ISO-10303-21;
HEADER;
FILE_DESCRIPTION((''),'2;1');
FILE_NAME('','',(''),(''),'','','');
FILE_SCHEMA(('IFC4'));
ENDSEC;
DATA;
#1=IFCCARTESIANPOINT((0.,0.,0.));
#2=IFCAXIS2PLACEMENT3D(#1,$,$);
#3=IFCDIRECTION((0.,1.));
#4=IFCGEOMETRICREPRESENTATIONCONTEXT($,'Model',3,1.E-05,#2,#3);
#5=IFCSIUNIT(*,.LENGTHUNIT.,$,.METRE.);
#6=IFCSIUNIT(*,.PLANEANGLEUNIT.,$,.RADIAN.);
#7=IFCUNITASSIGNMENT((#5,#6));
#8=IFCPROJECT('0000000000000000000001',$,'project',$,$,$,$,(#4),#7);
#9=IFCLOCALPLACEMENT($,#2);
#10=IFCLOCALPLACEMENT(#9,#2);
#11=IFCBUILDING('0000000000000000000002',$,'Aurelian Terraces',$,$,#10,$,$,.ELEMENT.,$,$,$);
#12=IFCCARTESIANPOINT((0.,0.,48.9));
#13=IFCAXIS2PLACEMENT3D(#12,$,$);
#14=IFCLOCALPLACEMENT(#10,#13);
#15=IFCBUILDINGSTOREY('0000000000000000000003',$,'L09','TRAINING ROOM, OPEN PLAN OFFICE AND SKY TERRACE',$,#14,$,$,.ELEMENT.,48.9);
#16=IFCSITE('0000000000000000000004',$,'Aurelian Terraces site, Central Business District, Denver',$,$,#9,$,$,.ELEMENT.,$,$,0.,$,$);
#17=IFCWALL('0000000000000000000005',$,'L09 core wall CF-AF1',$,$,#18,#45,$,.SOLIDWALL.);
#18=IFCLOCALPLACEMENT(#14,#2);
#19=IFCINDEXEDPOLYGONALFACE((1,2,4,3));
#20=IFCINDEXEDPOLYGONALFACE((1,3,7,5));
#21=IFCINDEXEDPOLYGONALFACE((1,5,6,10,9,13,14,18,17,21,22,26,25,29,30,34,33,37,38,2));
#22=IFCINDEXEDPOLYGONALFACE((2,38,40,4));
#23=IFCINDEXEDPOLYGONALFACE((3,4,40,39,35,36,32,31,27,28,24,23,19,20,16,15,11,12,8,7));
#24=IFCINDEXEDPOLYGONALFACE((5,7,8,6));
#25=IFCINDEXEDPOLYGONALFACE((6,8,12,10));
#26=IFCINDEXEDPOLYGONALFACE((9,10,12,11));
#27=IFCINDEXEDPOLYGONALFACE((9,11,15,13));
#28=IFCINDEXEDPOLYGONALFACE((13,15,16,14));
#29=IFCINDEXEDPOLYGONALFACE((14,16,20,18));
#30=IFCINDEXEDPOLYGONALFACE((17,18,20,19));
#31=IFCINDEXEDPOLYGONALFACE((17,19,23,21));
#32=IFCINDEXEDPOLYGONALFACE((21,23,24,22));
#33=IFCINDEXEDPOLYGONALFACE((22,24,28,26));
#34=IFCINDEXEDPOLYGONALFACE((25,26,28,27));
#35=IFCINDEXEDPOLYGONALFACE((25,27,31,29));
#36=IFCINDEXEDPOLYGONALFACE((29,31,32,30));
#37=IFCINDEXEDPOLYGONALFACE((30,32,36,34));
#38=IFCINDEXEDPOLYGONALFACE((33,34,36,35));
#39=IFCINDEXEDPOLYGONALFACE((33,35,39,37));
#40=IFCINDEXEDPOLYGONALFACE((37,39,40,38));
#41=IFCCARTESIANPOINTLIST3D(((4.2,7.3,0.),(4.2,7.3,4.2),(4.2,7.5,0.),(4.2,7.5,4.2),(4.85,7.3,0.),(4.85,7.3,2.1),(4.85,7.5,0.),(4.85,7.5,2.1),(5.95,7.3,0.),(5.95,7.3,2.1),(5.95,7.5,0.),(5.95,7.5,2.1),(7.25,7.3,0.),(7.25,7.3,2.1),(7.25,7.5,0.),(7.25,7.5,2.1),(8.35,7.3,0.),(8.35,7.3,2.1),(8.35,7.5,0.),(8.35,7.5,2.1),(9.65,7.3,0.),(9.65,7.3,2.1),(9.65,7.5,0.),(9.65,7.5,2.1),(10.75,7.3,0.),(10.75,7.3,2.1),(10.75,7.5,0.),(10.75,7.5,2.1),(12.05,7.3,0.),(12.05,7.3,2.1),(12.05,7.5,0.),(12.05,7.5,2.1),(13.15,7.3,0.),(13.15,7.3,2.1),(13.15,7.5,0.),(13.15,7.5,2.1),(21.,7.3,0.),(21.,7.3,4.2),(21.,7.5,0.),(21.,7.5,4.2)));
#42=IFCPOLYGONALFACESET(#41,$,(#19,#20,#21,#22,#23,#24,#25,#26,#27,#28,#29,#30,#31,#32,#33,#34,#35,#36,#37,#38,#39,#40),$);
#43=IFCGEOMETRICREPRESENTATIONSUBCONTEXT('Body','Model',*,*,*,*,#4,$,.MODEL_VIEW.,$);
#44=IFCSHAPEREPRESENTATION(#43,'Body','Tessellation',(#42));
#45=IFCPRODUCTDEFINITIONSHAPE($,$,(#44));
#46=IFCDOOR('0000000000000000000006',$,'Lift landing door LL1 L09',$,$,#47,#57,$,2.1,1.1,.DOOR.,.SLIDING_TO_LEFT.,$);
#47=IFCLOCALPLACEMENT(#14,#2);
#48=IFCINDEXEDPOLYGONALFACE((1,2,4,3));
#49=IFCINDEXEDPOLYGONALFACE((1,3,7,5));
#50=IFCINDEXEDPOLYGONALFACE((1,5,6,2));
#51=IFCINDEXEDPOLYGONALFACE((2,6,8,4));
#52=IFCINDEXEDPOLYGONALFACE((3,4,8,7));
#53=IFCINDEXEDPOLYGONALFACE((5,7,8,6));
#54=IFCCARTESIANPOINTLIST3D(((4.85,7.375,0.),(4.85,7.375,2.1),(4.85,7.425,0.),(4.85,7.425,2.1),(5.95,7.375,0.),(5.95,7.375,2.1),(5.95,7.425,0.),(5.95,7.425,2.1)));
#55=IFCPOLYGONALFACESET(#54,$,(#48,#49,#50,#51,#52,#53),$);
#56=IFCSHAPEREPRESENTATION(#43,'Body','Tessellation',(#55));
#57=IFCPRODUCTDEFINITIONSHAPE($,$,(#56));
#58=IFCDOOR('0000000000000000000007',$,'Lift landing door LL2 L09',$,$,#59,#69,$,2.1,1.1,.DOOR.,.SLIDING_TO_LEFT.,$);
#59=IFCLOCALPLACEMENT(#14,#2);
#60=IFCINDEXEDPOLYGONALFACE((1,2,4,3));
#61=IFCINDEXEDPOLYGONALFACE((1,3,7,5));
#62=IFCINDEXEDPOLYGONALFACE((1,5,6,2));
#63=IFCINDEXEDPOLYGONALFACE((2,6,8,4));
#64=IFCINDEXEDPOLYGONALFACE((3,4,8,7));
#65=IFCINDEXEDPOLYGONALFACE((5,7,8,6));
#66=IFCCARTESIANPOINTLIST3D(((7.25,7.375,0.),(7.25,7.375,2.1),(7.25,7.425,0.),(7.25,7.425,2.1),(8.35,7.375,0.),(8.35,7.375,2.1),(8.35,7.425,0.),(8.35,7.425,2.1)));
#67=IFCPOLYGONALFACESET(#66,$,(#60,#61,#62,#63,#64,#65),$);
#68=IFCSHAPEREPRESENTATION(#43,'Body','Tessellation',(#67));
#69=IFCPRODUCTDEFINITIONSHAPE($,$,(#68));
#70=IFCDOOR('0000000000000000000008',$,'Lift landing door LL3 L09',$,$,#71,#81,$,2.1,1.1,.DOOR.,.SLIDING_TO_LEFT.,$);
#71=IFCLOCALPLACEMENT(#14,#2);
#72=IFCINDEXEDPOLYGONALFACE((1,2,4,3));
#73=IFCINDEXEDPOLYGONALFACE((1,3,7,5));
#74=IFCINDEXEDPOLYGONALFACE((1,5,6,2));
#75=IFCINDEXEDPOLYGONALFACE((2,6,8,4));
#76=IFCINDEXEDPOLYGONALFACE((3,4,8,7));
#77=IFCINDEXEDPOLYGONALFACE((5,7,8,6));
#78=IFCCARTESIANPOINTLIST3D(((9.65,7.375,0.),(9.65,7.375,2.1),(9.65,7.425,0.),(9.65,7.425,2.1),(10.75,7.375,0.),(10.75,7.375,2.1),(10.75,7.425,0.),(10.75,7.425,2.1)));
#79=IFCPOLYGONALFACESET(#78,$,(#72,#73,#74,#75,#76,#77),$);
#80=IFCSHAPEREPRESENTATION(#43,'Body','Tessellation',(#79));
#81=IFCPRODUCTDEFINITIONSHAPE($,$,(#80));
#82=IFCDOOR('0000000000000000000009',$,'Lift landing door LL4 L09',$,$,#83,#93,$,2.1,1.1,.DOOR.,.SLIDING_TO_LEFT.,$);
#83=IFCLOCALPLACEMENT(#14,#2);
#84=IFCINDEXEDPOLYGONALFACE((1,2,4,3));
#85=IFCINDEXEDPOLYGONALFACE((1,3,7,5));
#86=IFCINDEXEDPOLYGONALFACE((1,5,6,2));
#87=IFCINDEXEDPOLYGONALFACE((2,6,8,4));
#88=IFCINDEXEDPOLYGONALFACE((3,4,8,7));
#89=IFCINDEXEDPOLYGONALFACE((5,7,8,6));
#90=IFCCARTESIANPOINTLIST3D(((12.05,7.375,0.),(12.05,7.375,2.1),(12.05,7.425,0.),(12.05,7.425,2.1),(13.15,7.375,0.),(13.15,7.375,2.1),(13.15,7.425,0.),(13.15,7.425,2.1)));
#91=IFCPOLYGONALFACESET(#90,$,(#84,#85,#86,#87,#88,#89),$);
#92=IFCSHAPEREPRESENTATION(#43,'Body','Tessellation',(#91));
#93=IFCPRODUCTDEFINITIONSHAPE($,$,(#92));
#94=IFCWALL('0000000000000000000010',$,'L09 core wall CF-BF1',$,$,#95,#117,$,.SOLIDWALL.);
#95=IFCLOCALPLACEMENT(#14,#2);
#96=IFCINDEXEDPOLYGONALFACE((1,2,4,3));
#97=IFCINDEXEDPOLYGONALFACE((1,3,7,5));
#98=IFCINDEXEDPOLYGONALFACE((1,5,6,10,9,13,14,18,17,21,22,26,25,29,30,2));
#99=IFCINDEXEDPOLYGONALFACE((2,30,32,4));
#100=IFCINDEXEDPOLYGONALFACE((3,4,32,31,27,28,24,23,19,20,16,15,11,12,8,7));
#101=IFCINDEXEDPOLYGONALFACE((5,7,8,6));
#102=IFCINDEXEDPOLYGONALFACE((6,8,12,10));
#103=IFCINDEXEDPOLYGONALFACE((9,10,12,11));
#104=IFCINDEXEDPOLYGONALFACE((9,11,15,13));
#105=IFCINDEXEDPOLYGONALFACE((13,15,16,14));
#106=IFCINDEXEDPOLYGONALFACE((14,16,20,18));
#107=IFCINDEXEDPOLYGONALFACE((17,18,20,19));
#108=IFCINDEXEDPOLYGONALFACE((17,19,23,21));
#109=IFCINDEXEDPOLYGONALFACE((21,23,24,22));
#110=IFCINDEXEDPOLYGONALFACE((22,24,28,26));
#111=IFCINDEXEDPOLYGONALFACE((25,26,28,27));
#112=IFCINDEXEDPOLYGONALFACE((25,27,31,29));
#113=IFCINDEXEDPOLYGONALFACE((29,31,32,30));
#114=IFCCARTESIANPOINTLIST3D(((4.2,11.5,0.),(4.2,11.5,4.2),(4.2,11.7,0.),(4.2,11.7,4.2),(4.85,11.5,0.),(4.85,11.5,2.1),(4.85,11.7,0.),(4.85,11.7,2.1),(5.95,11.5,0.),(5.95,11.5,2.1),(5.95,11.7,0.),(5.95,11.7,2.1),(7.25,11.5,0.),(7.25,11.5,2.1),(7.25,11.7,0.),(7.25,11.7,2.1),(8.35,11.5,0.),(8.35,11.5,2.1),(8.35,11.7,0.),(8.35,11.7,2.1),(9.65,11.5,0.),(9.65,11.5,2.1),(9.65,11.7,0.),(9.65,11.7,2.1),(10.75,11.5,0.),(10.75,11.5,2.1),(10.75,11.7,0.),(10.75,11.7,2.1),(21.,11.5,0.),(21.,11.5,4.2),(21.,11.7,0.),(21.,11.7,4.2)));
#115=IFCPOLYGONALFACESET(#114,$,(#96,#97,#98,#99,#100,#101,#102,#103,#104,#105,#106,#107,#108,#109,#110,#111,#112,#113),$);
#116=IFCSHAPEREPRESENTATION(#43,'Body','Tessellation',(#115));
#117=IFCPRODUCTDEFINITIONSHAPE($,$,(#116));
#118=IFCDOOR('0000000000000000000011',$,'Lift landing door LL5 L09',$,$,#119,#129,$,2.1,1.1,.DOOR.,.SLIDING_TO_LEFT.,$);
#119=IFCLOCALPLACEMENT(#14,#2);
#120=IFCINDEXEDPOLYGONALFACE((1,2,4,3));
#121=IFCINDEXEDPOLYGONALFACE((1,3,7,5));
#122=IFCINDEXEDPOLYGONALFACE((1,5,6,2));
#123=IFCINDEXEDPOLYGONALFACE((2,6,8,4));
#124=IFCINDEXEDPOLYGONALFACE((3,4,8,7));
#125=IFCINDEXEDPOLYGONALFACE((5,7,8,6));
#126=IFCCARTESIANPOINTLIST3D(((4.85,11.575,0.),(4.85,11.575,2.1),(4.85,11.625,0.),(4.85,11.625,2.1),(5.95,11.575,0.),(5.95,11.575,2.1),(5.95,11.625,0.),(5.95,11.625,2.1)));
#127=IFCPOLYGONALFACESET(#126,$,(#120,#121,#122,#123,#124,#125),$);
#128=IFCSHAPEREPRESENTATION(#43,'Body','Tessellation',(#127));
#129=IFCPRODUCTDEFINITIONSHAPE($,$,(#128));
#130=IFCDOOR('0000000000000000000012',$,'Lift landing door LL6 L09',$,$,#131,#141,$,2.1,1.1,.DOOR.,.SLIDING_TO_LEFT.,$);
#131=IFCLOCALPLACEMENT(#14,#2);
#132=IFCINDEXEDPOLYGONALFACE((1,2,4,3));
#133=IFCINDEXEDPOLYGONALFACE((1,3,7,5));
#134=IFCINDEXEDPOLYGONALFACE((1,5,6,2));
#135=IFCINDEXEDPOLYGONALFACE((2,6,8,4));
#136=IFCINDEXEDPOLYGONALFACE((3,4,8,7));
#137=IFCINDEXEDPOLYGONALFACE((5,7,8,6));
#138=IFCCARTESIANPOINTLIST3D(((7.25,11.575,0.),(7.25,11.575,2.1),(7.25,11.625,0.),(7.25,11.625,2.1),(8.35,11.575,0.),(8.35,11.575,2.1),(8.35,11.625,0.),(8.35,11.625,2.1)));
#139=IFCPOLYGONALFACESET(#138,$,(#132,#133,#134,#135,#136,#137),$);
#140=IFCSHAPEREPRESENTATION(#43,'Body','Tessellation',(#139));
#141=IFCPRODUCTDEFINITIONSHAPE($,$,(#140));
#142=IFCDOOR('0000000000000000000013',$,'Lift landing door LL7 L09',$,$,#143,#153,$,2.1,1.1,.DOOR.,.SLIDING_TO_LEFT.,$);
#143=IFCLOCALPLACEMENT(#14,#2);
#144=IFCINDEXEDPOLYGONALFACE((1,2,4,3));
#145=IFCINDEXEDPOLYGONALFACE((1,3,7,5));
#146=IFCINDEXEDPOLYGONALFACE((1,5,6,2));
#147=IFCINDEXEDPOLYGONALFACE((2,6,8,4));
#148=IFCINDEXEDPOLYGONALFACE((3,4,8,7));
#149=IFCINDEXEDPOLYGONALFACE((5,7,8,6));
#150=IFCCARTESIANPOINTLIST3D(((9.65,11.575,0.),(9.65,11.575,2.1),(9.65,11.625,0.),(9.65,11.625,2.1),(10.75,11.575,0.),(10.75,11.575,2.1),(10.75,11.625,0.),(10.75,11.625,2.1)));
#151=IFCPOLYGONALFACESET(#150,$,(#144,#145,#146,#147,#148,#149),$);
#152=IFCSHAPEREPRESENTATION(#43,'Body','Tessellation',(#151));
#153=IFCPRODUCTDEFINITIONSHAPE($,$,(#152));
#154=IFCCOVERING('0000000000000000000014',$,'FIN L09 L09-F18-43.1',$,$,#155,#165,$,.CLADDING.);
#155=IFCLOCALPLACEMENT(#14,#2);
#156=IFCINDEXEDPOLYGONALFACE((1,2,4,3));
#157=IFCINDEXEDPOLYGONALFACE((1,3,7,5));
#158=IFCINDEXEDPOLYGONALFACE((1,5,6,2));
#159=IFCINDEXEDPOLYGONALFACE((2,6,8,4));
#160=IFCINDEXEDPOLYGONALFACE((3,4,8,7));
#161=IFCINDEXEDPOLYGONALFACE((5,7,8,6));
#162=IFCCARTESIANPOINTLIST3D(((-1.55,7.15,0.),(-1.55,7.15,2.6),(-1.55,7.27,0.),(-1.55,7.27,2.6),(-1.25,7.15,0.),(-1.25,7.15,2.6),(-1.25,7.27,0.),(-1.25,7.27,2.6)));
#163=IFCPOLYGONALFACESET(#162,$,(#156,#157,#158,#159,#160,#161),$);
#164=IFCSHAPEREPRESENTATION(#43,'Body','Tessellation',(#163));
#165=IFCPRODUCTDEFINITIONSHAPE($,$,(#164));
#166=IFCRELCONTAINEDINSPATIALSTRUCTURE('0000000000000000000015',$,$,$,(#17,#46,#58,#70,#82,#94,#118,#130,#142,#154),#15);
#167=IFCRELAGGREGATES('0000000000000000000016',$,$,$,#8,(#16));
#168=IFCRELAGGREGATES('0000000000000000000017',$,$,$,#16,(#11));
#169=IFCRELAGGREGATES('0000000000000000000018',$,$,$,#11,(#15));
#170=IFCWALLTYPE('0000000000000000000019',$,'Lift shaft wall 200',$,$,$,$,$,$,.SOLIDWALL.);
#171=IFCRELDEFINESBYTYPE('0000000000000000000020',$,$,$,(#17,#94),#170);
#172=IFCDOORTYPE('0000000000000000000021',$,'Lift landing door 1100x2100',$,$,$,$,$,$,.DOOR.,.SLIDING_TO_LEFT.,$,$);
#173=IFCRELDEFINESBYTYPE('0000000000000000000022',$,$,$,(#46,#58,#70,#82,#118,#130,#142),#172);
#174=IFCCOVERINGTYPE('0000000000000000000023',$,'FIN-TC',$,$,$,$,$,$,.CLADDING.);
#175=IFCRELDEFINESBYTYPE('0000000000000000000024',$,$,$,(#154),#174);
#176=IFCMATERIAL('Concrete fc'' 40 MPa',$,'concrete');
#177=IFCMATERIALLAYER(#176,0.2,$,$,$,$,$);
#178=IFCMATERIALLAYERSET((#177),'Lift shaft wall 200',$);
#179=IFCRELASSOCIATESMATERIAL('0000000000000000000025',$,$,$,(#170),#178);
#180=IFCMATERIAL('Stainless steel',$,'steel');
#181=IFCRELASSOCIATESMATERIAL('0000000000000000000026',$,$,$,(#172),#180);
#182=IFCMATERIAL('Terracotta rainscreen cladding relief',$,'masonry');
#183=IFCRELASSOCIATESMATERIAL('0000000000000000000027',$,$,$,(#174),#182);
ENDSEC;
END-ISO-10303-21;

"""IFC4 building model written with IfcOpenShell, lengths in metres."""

from ifc_helpers import new_model, si_unit, direction, frame, frame_2d, origin, origin_2d, place, context, subcontext, project, spatial, rectangle, extrude, source, transform, mapped, material, layer, layer_set, type_object, element, fill, save


model = new_model("IFC4")

# Units and contexts
model_context = context("Model", 3, precision=1e-05, world=origin(), true_north=direction((0.0, 1.0)))
body_context = subcontext(model_context, "Body", "Model", "MODEL_VIEW")
ifc_project = project(units=[si_unit("LENGTHUNIT", "METRE"), si_unit("PLANEANGLEUNIT", "RADIAN")], contexts=[model_context])

# Site, building, storey
site_placement = place(None, origin())
site = spatial("IfcSite", under=ifc_project, at=site_placement, Name="Aurelian Terraces site, Central Business District, Denver", CompositionType="ELEMENT", RefElevation=0.0)
building_placement = place(site_placement, origin())
building = spatial("IfcBuilding", under=site, at=building_placement, Name="Aurelian Terraces", CompositionType="ELEMENT")
storey_placement = place(building_placement, frame((0.0, 0.0, 48.9)))
storey = spatial("IfcBuildingStorey", under=building, at=storey_placement, Name="L09", Description="TRAINING ROOM, OPEN PLAN OFFICE AND SKY TERRACE", CompositionType="ELEMENT", Elevation=48.9)

# Walls, openings, doors
ifc_material_1 = material(Name="Concrete fc' 40 MPa", Category="concrete")
ifc_layer_1 = layer(ifc_material_1, 0.2)
ifc_layer_set_1 = layer_set([ifc_layer_1], Name="Lift shaft wall 200")
wall_type_1 = type_object("IfcWallType", Name="Lift shaft wall 200", PredefinedType="SOLIDWALL", material=ifc_layer_set_1)
shared_shape_1 = source(origin(), body_context, "Body", "SweptSolid", [
    extrude(rectangle(XDim=16.8, YDim=0.2, at=frame_2d((8.4, 0.0))), origin(), (0.0, 0.0, 1.0), 4.2),
])
wall_1_placement = place(storey_placement, frame((4.2, 7.4, 0.0), z_axis=(0.0, 0.0, 1.0), x_axis=(1.0, 0.0, 0.0)))
wall_1 = element("IfcWall", 1, at=wall_1_placement, inside=storey, type_object=wall_type_1, Name="L09 core wall CF-AF1", PredefinedType="SOLIDWALL", context=body_context, shape_type="MappedRepresentation", body=[
    mapped(shared_shape_1, transform((0.0, 0.0, 0.0), scale=1.0)),
])
shared_shape_2 = source(origin(), body_context, "Body", "SweptSolid", [
    extrude(rectangle(XDim=1.1, YDim=2.1, at=frame_2d((0.55, 1.05))), frame((0.0, 0.11, 0.0), z_axis=(0.0, -1.0, 0.0), x_axis=(1.0, 0.0, 0.0)), (0.0, 0.0, 1.0), 0.22),
])
opening_1_placement = place(wall_1_placement, frame((0.65, 0.0, 0.0)))
opening_1 = element("IfcOpeningElement", 2, at=opening_1_placement, cuts=wall_1, PredefinedType="OPENING", context=body_context, shape_type="MappedRepresentation", body=[
    mapped(shared_shape_2, transform((0.0, 0.0, 0.0), scale=1.0)),
])
opening_2_placement = place(wall_1_placement, frame((3.05, 0.0, 0.0)))
opening_2 = element("IfcOpeningElement", 3, at=opening_2_placement, cuts=wall_1, PredefinedType="OPENING", context=body_context, shape_type="MappedRepresentation", body=[
    mapped(shared_shape_2, transform((0.0, 0.0, 0.0), scale=1.0)),
])
opening_3_placement = place(wall_1_placement, frame((5.45, 0.0, 0.0)))
opening_3 = element("IfcOpeningElement", 4, at=opening_3_placement, cuts=wall_1, PredefinedType="OPENING", context=body_context, shape_type="MappedRepresentation", body=[
    mapped(shared_shape_2, transform((0.0, 0.0, 0.0), scale=1.0)),
])
opening_4_placement = place(wall_1_placement, frame((7.85, 0.0, 0.0)))
opening_4 = element("IfcOpeningElement", 5, at=opening_4_placement, cuts=wall_1, PredefinedType="OPENING", context=body_context, shape_type="MappedRepresentation", body=[
    mapped(shared_shape_2, transform((0.0, 0.0, 0.0), scale=1.0)),
])
ifc_material_2 = material(Name="Stainless steel", Category="steel")
door_type_1 = type_object("IfcDoorType", Name="Lift landing door 1100x2100", OperationType="SLIDING_TO_LEFT", PredefinedType="DOOR", material=ifc_material_2)
shared_shape_3 = source(origin(), body_context, "Body", "SweptSolid", [
    extrude(rectangle(XDim=1.1, YDim=2.1, at=frame_2d((0.55, 1.05))), frame((0.0, 0.025, 0.0), z_axis=(0.0, -1.0, 0.0), x_axis=(1.0, 0.0, 0.0)), (0.0, 0.0, 1.0), 0.05),
])
door_1_placement = place(opening_1_placement, origin())
door_1 = element("IfcDoor", 6, at=door_1_placement, inside=storey, type_object=door_type_1, Name="Lift landing door LL1 L09", OperationType="SLIDING_TO_LEFT", OverallHeight=2.1, OverallWidth=1.1, PredefinedType="DOOR", context=body_context, shape_type="MappedRepresentation", body=[
    mapped(shared_shape_3, transform((0.0, 0.0, 0.0), scale=1.0)),
])
fill(opening_1, door_1)
door_2_placement = place(opening_2_placement, origin())
door_2 = element("IfcDoor", 7, at=door_2_placement, inside=storey, type_object=door_type_1, Name="Lift landing door LL2 L09", OperationType="SLIDING_TO_LEFT", OverallHeight=2.1, OverallWidth=1.1, PredefinedType="DOOR", context=body_context, shape_type="MappedRepresentation", body=[
    mapped(shared_shape_3, transform((0.0, 0.0, 0.0), scale=1.0)),
])
fill(opening_2, door_2)
door_3_placement = place(opening_3_placement, origin())
door_3 = element("IfcDoor", 8, at=door_3_placement, inside=storey, type_object=door_type_1, Name="Lift landing door LL3 L09", OperationType="SLIDING_TO_LEFT", OverallHeight=2.1, OverallWidth=1.1, PredefinedType="DOOR", context=body_context, shape_type="MappedRepresentation", body=[
    mapped(shared_shape_3, transform((0.0, 0.0, 0.0), scale=1.0)),
])
fill(opening_3, door_3)
door_4_placement = place(opening_4_placement, origin())
door_4 = element("IfcDoor", 9, at=door_4_placement, inside=storey, type_object=door_type_1, Name="Lift landing door LL4 L09", OperationType="SLIDING_TO_LEFT", OverallHeight=2.1, OverallWidth=1.1, PredefinedType="DOOR", context=body_context, shape_type="MappedRepresentation", body=[
    mapped(shared_shape_3, transform((0.0, 0.0, 0.0), scale=1.0)),
])
fill(opening_4, door_4)
wall_2_placement = place(storey_placement, frame((4.2, 11.6, 0.0), z_axis=(0.0, 0.0, 1.0), x_axis=(1.0, 0.0, 0.0)))
wall_2 = element("IfcWall", 10, at=wall_2_placement, inside=storey, type_object=wall_type_1, Name="L09 core wall CF-BF1", PredefinedType="SOLIDWALL", context=body_context, shape_type="MappedRepresentation", body=[
    mapped(shared_shape_1, transform((0.0, 0.0, 0.0), scale=1.0)),
])
opening_5_placement = place(wall_2_placement, frame((0.65, 0.0, 0.0)))
opening_5 = element("IfcOpeningElement", 11, at=opening_5_placement, cuts=wall_2, PredefinedType="OPENING", context=body_context, shape_type="MappedRepresentation", body=[
    mapped(shared_shape_2, transform((0.0, 0.0, 0.0), scale=1.0)),
])
opening_6_placement = place(wall_2_placement, frame((3.05, 0.0, 0.0)))
opening_6 = element("IfcOpeningElement", 12, at=opening_6_placement, cuts=wall_2, PredefinedType="OPENING", context=body_context, shape_type="MappedRepresentation", body=[
    mapped(shared_shape_2, transform((0.0, 0.0, 0.0), scale=1.0)),
])
opening_7_placement = place(wall_2_placement, frame((5.45, 0.0, 0.0)))
opening_7 = element("IfcOpeningElement", 13, at=opening_7_placement, cuts=wall_2, PredefinedType="OPENING", context=body_context, shape_type="MappedRepresentation", body=[
    mapped(shared_shape_2, transform((0.0, 0.0, 0.0), scale=1.0)),
])
door_5_placement = place(opening_5_placement, origin())
door_5 = element("IfcDoor", 14, at=door_5_placement, inside=storey, type_object=door_type_1, Name="Lift landing door LL5 L09", OperationType="SLIDING_TO_LEFT", OverallHeight=2.1, OverallWidth=1.1, PredefinedType="DOOR", context=body_context, shape_type="MappedRepresentation", body=[
    mapped(shared_shape_3, transform((0.0, 0.0, 0.0), scale=1.0)),
])
fill(opening_5, door_5)
door_6_placement = place(opening_6_placement, origin())
door_6 = element("IfcDoor", 15, at=door_6_placement, inside=storey, type_object=door_type_1, Name="Lift landing door LL6 L09", OperationType="SLIDING_TO_LEFT", OverallHeight=2.1, OverallWidth=1.1, PredefinedType="DOOR", context=body_context, shape_type="MappedRepresentation", body=[
    mapped(shared_shape_3, transform((0.0, 0.0, 0.0), scale=1.0)),
])
fill(opening_6, door_6)
door_7_placement = place(opening_7_placement, origin())
door_7 = element("IfcDoor", 16, at=door_7_placement, inside=storey, type_object=door_type_1, Name="Lift landing door LL7 L09", OperationType="SLIDING_TO_LEFT", OverallHeight=2.1, OverallWidth=1.1, PredefinedType="DOOR", context=body_context, shape_type="MappedRepresentation", body=[
    mapped(shared_shape_3, transform((0.0, 0.0, 0.0), scale=1.0)),
])
fill(opening_7, door_7)

# Covering
ifc_material_3 = material(Name="Terracotta rainscreen cladding relief", Category="masonry")
covering_type_1 = type_object("IfcCoveringType", Name="FIN-TC", PredefinedType="CLADDING", material=ifc_material_3)
shared_shape_4 = source(origin(), body_context, "Body", "SweptSolid", [
    extrude(rectangle(XDim=0.3, YDim=0.12, at=origin_2d()), origin(), (0.0, 0.0, 1.0), 2.6),
])
for number, where, z_axis, x_axis, name in (
    (17, (-1.4, 7.21, 0.0), (0.0, 0.0, 1.0), (1.0, 0.0, 0.0), "FIN L09 L09-F18-43.1"),
):
    element("IfcCovering", number, at=place(storey_placement, frame(where, z_axis=z_axis, x_axis=x_axis)), inside=storey, type_object=covering_type_1, Name=name, PredefinedType="CLADDING", context=body_context, shape_type="MappedRepresentation", body=[
        mapped(shared_shape_4, transform((0.0, 0.0, 0.0), scale=1.0)),
    ])

save(model, "model.ifc")
